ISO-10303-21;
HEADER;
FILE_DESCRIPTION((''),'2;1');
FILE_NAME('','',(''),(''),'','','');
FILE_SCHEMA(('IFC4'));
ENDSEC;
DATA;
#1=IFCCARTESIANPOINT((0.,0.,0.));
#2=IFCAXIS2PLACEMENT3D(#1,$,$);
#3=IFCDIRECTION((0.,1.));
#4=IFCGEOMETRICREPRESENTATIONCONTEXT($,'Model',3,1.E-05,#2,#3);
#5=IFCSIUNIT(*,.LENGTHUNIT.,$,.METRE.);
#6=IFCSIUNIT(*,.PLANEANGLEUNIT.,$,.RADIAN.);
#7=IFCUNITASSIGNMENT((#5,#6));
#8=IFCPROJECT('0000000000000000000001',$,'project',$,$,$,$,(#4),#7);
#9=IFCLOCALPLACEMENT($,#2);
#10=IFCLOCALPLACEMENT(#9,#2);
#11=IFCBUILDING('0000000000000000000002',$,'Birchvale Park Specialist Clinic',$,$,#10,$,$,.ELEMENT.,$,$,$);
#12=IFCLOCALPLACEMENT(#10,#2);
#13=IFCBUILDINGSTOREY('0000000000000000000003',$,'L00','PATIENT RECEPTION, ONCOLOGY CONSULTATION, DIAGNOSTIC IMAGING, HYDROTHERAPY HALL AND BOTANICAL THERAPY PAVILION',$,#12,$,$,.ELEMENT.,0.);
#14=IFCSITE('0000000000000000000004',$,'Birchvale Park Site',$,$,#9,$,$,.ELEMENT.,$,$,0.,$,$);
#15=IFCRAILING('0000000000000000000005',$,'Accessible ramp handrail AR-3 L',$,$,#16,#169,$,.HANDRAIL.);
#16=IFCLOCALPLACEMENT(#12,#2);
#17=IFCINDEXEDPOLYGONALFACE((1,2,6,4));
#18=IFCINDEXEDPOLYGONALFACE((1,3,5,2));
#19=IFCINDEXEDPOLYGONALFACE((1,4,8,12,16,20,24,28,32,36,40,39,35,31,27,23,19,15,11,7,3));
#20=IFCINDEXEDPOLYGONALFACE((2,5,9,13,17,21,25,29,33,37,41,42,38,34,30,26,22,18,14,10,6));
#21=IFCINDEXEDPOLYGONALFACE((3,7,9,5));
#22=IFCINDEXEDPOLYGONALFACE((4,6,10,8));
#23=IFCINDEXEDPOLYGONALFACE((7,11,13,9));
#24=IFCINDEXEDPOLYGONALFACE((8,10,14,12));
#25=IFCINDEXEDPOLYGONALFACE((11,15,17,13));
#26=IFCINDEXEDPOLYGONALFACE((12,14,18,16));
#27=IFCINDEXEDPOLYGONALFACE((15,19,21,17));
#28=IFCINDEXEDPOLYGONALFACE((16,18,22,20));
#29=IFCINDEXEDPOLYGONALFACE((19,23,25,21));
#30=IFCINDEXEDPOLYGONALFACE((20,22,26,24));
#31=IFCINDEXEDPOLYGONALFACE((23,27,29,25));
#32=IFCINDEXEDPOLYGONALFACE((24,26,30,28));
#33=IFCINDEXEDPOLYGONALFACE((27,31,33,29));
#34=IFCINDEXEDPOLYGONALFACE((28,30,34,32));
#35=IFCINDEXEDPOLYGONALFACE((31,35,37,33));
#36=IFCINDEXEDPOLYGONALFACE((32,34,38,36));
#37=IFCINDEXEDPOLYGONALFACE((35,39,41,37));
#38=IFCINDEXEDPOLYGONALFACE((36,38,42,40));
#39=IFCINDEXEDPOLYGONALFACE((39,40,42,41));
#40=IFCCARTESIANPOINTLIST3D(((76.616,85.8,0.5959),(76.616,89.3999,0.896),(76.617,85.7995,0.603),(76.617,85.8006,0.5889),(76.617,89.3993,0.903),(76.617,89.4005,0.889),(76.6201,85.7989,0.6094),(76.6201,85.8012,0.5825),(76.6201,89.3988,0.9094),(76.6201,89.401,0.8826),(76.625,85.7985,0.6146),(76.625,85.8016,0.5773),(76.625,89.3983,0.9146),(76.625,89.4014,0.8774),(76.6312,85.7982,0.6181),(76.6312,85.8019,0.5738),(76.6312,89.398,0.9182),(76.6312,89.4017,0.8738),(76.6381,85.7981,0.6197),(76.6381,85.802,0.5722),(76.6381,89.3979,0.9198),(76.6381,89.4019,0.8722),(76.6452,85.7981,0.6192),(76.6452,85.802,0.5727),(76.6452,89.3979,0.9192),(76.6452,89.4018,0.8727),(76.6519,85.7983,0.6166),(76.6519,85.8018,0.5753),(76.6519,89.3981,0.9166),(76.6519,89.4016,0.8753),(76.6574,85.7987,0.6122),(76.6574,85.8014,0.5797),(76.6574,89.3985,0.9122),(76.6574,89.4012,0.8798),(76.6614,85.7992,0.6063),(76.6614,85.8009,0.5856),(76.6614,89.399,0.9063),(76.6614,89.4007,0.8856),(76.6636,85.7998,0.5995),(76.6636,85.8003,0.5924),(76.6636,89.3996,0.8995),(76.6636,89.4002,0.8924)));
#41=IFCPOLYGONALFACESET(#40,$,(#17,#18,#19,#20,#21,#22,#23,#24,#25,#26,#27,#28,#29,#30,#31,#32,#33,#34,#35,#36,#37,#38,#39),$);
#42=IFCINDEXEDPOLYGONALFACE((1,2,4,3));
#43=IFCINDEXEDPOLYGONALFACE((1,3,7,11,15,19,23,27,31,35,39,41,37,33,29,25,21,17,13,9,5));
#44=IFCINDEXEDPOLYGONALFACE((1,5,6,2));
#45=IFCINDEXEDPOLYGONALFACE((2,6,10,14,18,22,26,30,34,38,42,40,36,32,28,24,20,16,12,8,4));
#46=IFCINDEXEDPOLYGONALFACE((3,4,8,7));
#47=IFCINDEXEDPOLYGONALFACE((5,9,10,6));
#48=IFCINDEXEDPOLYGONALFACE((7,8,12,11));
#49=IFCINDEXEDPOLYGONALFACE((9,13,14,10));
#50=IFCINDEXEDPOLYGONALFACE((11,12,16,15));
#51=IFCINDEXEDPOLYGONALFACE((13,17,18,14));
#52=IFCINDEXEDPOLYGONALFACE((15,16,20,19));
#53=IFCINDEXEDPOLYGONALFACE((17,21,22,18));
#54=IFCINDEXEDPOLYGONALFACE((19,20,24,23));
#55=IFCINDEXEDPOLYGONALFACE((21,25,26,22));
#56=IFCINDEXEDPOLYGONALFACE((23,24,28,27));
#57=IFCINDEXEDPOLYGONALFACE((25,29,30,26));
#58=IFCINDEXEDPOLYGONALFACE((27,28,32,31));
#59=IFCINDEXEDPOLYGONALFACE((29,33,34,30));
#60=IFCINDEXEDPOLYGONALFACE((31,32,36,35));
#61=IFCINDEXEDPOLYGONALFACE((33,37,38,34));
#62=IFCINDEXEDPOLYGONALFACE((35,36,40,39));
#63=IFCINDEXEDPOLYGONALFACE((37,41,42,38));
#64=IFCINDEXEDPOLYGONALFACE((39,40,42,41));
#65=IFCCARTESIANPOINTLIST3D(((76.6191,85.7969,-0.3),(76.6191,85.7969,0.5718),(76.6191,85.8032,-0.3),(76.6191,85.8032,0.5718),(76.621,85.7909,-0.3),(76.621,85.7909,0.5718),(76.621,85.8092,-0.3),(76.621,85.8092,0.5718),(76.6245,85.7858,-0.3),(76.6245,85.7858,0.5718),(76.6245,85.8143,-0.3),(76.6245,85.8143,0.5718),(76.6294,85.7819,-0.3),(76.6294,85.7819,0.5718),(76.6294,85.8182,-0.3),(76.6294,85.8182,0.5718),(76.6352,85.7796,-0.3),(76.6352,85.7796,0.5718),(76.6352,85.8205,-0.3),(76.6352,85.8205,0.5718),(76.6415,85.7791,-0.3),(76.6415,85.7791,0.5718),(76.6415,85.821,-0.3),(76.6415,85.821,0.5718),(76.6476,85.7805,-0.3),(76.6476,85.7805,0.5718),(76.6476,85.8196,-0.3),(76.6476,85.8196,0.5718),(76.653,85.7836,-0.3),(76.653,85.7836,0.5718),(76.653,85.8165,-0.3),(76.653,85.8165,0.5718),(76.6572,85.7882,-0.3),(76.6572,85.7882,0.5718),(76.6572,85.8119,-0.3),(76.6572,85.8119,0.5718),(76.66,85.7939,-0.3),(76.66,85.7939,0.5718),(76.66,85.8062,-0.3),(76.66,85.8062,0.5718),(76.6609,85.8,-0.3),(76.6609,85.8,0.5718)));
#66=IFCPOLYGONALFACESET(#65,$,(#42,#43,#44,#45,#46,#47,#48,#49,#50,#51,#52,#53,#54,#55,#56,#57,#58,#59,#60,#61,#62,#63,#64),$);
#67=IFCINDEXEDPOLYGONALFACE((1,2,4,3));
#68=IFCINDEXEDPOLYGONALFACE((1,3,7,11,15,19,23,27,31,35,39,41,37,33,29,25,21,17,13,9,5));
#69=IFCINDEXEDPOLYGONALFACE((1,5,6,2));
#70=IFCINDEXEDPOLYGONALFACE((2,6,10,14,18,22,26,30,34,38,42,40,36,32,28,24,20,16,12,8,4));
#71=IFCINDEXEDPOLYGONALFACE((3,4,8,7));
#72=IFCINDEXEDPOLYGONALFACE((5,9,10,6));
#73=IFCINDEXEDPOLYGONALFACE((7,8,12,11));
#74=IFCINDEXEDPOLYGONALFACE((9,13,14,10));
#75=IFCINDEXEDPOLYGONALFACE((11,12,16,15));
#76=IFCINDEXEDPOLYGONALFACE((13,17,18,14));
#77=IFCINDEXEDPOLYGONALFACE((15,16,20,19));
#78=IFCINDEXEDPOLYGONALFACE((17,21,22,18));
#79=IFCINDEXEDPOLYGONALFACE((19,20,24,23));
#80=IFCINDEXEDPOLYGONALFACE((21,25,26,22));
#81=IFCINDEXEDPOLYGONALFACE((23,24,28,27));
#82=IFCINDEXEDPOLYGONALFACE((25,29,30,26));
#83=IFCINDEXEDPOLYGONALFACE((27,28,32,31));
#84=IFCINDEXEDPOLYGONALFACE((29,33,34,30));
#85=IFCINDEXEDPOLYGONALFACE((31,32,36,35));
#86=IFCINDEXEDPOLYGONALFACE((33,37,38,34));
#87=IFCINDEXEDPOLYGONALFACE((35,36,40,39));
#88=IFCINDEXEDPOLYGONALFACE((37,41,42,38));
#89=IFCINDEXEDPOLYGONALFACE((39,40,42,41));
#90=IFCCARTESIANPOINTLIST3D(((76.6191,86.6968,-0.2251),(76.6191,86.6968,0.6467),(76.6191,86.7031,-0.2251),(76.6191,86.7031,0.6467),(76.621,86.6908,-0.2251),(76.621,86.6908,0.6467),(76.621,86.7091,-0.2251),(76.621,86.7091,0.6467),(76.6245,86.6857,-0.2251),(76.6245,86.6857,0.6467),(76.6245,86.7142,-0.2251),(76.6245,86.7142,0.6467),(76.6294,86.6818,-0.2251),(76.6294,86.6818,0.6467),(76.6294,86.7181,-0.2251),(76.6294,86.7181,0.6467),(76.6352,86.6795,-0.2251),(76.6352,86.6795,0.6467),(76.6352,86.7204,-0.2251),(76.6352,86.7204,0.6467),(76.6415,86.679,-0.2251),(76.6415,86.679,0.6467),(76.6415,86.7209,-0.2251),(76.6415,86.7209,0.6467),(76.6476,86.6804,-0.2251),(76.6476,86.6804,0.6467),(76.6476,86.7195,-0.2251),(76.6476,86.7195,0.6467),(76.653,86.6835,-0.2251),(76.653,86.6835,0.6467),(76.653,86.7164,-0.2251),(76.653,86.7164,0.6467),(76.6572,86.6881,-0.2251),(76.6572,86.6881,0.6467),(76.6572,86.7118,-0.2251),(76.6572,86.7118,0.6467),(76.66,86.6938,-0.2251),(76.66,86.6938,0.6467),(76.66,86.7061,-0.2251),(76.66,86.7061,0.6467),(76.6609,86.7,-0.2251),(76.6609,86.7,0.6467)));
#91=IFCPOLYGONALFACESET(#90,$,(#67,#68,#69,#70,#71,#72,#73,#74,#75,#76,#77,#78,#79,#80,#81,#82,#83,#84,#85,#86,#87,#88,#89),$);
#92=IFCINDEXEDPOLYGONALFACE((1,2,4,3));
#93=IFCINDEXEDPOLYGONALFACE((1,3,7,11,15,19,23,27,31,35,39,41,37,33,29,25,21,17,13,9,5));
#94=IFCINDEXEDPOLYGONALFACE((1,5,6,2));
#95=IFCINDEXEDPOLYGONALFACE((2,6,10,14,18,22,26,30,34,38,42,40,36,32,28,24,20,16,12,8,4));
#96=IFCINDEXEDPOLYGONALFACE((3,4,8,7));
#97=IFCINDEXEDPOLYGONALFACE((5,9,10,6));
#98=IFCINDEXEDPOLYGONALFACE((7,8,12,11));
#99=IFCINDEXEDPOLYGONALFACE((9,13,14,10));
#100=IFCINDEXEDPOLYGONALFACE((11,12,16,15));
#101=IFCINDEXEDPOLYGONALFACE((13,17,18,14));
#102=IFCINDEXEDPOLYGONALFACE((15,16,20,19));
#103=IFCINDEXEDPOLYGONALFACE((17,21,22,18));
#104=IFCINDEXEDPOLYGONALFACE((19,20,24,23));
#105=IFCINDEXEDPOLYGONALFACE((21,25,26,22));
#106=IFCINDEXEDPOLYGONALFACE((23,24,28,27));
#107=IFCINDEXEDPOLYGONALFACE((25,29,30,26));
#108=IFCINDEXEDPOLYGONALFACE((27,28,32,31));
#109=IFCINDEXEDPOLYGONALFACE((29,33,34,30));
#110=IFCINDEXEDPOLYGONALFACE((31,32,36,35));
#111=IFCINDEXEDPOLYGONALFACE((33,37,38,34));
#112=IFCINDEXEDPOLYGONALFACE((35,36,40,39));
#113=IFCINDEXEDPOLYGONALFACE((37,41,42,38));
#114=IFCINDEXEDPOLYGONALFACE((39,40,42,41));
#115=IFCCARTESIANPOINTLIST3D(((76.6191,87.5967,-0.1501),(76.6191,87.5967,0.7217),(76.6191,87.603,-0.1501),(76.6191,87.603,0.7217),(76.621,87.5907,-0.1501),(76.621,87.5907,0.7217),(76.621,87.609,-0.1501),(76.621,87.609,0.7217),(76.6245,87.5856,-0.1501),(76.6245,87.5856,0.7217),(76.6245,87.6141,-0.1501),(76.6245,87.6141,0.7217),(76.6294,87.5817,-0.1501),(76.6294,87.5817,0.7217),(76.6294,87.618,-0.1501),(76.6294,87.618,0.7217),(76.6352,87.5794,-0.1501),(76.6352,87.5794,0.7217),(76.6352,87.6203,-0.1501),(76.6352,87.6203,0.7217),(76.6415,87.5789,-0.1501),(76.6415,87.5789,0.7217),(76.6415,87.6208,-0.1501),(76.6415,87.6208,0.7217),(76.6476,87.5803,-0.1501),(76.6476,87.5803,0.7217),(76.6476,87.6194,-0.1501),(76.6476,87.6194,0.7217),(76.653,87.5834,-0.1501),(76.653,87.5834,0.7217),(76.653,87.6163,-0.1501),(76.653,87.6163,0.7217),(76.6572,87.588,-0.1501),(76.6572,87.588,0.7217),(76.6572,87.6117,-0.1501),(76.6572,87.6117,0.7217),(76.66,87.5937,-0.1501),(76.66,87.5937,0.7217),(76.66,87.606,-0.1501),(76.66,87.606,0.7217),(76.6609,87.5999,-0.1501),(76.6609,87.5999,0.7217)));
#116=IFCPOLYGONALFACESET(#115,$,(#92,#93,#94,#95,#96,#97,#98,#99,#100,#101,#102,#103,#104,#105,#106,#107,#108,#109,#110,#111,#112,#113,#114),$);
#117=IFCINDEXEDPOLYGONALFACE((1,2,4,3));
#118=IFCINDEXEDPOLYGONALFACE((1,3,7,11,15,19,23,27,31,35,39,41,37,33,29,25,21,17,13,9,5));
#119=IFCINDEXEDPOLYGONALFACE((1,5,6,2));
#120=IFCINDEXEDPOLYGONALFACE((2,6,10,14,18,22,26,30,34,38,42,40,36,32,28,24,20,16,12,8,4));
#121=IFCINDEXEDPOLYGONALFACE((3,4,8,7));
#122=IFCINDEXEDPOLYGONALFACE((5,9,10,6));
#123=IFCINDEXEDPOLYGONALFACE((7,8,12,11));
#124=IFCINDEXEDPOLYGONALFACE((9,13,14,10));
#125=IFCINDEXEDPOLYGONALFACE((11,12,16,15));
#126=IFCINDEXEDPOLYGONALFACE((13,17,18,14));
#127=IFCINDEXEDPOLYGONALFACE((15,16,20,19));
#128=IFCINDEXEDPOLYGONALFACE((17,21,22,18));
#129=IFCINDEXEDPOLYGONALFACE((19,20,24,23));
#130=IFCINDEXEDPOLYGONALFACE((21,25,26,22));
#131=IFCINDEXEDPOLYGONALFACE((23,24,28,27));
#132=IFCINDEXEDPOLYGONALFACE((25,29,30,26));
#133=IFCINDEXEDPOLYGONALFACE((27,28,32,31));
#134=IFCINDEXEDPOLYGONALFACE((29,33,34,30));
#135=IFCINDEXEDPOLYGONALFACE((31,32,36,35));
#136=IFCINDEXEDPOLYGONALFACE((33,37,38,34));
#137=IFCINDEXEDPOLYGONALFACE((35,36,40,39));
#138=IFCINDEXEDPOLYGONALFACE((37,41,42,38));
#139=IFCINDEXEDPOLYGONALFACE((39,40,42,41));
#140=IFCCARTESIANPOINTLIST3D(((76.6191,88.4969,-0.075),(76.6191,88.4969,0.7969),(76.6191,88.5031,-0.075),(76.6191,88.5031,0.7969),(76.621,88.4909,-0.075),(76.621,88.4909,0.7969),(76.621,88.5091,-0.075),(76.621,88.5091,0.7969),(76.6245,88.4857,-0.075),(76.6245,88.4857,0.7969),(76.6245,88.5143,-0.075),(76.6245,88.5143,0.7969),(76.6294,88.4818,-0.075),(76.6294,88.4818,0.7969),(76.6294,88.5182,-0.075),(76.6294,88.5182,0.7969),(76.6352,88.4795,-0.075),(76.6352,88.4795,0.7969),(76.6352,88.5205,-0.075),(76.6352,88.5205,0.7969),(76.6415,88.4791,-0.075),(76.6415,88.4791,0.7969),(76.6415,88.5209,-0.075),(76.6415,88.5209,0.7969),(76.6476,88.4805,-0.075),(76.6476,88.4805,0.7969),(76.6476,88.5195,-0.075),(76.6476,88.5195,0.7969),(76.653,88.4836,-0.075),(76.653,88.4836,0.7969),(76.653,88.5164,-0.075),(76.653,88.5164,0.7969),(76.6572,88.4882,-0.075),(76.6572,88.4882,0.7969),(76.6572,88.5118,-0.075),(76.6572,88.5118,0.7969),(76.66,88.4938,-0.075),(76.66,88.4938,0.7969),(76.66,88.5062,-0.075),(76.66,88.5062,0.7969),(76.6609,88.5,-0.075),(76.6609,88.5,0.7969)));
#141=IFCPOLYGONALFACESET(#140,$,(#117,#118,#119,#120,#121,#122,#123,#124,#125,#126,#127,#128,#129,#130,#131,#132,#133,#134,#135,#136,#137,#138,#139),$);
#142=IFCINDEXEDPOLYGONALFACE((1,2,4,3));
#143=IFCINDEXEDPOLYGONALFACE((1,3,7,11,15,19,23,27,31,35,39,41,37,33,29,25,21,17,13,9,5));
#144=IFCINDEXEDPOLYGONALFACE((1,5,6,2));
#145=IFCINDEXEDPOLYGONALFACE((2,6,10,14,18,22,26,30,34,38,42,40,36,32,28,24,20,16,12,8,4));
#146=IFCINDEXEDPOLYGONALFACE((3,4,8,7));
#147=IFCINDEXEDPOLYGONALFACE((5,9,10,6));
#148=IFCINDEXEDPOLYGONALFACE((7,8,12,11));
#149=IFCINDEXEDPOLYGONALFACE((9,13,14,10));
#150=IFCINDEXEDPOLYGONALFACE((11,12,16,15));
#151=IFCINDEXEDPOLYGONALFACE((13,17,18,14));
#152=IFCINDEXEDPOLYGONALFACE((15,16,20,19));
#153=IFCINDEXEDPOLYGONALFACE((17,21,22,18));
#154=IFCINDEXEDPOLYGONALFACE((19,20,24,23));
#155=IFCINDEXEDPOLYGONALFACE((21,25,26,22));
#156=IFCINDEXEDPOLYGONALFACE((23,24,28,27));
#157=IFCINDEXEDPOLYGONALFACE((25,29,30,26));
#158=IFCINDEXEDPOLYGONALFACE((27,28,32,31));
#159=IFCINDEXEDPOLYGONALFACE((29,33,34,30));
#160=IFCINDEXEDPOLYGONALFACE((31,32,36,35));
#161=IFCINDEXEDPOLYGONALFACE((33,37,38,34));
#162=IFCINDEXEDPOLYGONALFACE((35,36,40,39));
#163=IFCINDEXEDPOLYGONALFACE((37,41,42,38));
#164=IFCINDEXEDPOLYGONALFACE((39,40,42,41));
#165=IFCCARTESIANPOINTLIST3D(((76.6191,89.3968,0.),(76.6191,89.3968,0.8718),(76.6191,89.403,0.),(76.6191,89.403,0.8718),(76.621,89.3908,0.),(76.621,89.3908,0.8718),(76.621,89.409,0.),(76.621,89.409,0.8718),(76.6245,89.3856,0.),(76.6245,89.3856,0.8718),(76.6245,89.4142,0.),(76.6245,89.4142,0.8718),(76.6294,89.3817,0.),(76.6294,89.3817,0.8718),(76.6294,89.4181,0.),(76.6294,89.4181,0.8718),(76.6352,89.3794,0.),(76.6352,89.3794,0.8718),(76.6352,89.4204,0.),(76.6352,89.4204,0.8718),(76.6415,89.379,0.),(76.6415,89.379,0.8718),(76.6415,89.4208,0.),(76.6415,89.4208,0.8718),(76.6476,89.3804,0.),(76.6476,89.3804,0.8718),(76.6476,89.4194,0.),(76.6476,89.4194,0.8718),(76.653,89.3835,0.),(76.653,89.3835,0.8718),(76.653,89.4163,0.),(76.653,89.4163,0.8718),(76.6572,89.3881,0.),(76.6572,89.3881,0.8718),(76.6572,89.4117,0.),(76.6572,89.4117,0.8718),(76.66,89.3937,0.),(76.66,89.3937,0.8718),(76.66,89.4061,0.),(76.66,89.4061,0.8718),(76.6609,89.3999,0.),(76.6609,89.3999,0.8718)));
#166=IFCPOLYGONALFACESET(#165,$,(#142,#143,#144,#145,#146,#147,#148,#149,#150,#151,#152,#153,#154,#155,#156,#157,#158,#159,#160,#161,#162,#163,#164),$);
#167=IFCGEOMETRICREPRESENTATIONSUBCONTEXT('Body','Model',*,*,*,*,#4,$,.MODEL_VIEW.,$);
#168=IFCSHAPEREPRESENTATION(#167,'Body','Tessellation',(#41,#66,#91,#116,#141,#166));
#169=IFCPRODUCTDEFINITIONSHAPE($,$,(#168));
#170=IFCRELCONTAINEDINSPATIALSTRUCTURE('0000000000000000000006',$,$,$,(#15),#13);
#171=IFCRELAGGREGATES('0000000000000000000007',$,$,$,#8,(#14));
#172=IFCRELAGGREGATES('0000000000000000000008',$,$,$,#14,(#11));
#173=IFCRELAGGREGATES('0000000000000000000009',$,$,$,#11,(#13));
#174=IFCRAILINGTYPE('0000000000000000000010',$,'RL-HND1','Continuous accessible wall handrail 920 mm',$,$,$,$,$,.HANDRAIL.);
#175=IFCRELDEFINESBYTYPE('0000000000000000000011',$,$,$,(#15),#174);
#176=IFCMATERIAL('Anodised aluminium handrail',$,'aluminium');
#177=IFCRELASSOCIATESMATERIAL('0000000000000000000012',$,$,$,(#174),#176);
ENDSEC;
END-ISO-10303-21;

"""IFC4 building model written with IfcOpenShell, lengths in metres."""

from ifc_helpers import new_model, si_unit, direction, frame, origin, origin_2d, place, context, subcontext, project, spatial, circle, extrude, material, type_object, element, save


model = new_model("IFC4")

# Units and contexts
model_context = context("Model", 3, precision=1e-05, world=origin(), true_north=direction((0.0, 1.0)))
body_context = subcontext(model_context, "Body", "Model", "MODEL_VIEW")
ifc_project = project(units=[si_unit("LENGTHUNIT", "METRE"), si_unit("PLANEANGLEUNIT", "RADIAN")], contexts=[model_context])

# Site, building, storey
site_placement = place(None, origin())
site = spatial("IfcSite", under=ifc_project, at=site_placement, Name="Birchvale Park Site", CompositionType="ELEMENT", RefElevation=0.0)
building_placement = place(site_placement, origin())
building = spatial("IfcBuilding", under=site, at=building_placement, Name="Birchvale Park Specialist Clinic", CompositionType="ELEMENT")
storey_placement = place(building_placement, origin())
storey = spatial("IfcBuildingStorey", under=building, at=storey_placement, Name="L00", Description="PATIENT RECEPTION, ONCOLOGY CONSULTATION, DIAGNOSTIC IMAGING, HYDROTHERAPY HALL AND BOTANICAL THERAPY PAVILION", CompositionType="ELEMENT", Elevation=0.0)

# Railing
ifc_material_1 = material(Name="Anodised aluminium handrail", Category="aluminium")
railing_type = type_object("IfcRailingType", Name="RL-HND1", Description="Continuous accessible wall handrail 920 mm", PredefinedType="HANDRAIL", material=ifc_material_1)
for number, where, name in (
    (1, (76.6399, 85.8, -0.3), "Accessible ramp handrail AR-3 L"),
):
    element("IfcRailing", number, at=place(storey_placement, frame(where)), inside=storey, type_object=railing_type, Name=name, PredefinedType="HANDRAIL", context=body_context, shape_type="SweptSolid", body=[
        extrude(circle(Radius=0.0239, at=origin_2d()), frame((0.0, 0.0, 0.896), z_axis=(0.0, 0.996544, 0.083062), x_axis=(-1.0, 0.0, 0.0)), (0.0, 0.0, 1.0), 3.6123),
        extrude(circle(Radius=0.021, at=origin_2d()), origin(), (0.0, 0.0, 1.0), 0.8718),
        extrude(circle(Radius=0.021, at=origin_2d()), frame((0.0, 0.8999, 0.075)), (0.0, 0.0, 1.0), 0.8718),
        extrude(circle(Radius=0.021, at=origin_2d()), frame((0.0, 1.7998, 0.1499)), (0.0, 0.0, 1.0), 0.8718),
        extrude(circle(Radius=0.021, at=origin_2d()), frame((0.0, 2.7, 0.2251)), (0.0, 0.0, 1.0), 0.8718),
        extrude(circle(Radius=0.021, at=origin_2d()), frame((0.0, 3.5999, 0.3)), (0.0, 0.0, 1.0), 0.8718),
    ])

save(model, "model.ifc")
